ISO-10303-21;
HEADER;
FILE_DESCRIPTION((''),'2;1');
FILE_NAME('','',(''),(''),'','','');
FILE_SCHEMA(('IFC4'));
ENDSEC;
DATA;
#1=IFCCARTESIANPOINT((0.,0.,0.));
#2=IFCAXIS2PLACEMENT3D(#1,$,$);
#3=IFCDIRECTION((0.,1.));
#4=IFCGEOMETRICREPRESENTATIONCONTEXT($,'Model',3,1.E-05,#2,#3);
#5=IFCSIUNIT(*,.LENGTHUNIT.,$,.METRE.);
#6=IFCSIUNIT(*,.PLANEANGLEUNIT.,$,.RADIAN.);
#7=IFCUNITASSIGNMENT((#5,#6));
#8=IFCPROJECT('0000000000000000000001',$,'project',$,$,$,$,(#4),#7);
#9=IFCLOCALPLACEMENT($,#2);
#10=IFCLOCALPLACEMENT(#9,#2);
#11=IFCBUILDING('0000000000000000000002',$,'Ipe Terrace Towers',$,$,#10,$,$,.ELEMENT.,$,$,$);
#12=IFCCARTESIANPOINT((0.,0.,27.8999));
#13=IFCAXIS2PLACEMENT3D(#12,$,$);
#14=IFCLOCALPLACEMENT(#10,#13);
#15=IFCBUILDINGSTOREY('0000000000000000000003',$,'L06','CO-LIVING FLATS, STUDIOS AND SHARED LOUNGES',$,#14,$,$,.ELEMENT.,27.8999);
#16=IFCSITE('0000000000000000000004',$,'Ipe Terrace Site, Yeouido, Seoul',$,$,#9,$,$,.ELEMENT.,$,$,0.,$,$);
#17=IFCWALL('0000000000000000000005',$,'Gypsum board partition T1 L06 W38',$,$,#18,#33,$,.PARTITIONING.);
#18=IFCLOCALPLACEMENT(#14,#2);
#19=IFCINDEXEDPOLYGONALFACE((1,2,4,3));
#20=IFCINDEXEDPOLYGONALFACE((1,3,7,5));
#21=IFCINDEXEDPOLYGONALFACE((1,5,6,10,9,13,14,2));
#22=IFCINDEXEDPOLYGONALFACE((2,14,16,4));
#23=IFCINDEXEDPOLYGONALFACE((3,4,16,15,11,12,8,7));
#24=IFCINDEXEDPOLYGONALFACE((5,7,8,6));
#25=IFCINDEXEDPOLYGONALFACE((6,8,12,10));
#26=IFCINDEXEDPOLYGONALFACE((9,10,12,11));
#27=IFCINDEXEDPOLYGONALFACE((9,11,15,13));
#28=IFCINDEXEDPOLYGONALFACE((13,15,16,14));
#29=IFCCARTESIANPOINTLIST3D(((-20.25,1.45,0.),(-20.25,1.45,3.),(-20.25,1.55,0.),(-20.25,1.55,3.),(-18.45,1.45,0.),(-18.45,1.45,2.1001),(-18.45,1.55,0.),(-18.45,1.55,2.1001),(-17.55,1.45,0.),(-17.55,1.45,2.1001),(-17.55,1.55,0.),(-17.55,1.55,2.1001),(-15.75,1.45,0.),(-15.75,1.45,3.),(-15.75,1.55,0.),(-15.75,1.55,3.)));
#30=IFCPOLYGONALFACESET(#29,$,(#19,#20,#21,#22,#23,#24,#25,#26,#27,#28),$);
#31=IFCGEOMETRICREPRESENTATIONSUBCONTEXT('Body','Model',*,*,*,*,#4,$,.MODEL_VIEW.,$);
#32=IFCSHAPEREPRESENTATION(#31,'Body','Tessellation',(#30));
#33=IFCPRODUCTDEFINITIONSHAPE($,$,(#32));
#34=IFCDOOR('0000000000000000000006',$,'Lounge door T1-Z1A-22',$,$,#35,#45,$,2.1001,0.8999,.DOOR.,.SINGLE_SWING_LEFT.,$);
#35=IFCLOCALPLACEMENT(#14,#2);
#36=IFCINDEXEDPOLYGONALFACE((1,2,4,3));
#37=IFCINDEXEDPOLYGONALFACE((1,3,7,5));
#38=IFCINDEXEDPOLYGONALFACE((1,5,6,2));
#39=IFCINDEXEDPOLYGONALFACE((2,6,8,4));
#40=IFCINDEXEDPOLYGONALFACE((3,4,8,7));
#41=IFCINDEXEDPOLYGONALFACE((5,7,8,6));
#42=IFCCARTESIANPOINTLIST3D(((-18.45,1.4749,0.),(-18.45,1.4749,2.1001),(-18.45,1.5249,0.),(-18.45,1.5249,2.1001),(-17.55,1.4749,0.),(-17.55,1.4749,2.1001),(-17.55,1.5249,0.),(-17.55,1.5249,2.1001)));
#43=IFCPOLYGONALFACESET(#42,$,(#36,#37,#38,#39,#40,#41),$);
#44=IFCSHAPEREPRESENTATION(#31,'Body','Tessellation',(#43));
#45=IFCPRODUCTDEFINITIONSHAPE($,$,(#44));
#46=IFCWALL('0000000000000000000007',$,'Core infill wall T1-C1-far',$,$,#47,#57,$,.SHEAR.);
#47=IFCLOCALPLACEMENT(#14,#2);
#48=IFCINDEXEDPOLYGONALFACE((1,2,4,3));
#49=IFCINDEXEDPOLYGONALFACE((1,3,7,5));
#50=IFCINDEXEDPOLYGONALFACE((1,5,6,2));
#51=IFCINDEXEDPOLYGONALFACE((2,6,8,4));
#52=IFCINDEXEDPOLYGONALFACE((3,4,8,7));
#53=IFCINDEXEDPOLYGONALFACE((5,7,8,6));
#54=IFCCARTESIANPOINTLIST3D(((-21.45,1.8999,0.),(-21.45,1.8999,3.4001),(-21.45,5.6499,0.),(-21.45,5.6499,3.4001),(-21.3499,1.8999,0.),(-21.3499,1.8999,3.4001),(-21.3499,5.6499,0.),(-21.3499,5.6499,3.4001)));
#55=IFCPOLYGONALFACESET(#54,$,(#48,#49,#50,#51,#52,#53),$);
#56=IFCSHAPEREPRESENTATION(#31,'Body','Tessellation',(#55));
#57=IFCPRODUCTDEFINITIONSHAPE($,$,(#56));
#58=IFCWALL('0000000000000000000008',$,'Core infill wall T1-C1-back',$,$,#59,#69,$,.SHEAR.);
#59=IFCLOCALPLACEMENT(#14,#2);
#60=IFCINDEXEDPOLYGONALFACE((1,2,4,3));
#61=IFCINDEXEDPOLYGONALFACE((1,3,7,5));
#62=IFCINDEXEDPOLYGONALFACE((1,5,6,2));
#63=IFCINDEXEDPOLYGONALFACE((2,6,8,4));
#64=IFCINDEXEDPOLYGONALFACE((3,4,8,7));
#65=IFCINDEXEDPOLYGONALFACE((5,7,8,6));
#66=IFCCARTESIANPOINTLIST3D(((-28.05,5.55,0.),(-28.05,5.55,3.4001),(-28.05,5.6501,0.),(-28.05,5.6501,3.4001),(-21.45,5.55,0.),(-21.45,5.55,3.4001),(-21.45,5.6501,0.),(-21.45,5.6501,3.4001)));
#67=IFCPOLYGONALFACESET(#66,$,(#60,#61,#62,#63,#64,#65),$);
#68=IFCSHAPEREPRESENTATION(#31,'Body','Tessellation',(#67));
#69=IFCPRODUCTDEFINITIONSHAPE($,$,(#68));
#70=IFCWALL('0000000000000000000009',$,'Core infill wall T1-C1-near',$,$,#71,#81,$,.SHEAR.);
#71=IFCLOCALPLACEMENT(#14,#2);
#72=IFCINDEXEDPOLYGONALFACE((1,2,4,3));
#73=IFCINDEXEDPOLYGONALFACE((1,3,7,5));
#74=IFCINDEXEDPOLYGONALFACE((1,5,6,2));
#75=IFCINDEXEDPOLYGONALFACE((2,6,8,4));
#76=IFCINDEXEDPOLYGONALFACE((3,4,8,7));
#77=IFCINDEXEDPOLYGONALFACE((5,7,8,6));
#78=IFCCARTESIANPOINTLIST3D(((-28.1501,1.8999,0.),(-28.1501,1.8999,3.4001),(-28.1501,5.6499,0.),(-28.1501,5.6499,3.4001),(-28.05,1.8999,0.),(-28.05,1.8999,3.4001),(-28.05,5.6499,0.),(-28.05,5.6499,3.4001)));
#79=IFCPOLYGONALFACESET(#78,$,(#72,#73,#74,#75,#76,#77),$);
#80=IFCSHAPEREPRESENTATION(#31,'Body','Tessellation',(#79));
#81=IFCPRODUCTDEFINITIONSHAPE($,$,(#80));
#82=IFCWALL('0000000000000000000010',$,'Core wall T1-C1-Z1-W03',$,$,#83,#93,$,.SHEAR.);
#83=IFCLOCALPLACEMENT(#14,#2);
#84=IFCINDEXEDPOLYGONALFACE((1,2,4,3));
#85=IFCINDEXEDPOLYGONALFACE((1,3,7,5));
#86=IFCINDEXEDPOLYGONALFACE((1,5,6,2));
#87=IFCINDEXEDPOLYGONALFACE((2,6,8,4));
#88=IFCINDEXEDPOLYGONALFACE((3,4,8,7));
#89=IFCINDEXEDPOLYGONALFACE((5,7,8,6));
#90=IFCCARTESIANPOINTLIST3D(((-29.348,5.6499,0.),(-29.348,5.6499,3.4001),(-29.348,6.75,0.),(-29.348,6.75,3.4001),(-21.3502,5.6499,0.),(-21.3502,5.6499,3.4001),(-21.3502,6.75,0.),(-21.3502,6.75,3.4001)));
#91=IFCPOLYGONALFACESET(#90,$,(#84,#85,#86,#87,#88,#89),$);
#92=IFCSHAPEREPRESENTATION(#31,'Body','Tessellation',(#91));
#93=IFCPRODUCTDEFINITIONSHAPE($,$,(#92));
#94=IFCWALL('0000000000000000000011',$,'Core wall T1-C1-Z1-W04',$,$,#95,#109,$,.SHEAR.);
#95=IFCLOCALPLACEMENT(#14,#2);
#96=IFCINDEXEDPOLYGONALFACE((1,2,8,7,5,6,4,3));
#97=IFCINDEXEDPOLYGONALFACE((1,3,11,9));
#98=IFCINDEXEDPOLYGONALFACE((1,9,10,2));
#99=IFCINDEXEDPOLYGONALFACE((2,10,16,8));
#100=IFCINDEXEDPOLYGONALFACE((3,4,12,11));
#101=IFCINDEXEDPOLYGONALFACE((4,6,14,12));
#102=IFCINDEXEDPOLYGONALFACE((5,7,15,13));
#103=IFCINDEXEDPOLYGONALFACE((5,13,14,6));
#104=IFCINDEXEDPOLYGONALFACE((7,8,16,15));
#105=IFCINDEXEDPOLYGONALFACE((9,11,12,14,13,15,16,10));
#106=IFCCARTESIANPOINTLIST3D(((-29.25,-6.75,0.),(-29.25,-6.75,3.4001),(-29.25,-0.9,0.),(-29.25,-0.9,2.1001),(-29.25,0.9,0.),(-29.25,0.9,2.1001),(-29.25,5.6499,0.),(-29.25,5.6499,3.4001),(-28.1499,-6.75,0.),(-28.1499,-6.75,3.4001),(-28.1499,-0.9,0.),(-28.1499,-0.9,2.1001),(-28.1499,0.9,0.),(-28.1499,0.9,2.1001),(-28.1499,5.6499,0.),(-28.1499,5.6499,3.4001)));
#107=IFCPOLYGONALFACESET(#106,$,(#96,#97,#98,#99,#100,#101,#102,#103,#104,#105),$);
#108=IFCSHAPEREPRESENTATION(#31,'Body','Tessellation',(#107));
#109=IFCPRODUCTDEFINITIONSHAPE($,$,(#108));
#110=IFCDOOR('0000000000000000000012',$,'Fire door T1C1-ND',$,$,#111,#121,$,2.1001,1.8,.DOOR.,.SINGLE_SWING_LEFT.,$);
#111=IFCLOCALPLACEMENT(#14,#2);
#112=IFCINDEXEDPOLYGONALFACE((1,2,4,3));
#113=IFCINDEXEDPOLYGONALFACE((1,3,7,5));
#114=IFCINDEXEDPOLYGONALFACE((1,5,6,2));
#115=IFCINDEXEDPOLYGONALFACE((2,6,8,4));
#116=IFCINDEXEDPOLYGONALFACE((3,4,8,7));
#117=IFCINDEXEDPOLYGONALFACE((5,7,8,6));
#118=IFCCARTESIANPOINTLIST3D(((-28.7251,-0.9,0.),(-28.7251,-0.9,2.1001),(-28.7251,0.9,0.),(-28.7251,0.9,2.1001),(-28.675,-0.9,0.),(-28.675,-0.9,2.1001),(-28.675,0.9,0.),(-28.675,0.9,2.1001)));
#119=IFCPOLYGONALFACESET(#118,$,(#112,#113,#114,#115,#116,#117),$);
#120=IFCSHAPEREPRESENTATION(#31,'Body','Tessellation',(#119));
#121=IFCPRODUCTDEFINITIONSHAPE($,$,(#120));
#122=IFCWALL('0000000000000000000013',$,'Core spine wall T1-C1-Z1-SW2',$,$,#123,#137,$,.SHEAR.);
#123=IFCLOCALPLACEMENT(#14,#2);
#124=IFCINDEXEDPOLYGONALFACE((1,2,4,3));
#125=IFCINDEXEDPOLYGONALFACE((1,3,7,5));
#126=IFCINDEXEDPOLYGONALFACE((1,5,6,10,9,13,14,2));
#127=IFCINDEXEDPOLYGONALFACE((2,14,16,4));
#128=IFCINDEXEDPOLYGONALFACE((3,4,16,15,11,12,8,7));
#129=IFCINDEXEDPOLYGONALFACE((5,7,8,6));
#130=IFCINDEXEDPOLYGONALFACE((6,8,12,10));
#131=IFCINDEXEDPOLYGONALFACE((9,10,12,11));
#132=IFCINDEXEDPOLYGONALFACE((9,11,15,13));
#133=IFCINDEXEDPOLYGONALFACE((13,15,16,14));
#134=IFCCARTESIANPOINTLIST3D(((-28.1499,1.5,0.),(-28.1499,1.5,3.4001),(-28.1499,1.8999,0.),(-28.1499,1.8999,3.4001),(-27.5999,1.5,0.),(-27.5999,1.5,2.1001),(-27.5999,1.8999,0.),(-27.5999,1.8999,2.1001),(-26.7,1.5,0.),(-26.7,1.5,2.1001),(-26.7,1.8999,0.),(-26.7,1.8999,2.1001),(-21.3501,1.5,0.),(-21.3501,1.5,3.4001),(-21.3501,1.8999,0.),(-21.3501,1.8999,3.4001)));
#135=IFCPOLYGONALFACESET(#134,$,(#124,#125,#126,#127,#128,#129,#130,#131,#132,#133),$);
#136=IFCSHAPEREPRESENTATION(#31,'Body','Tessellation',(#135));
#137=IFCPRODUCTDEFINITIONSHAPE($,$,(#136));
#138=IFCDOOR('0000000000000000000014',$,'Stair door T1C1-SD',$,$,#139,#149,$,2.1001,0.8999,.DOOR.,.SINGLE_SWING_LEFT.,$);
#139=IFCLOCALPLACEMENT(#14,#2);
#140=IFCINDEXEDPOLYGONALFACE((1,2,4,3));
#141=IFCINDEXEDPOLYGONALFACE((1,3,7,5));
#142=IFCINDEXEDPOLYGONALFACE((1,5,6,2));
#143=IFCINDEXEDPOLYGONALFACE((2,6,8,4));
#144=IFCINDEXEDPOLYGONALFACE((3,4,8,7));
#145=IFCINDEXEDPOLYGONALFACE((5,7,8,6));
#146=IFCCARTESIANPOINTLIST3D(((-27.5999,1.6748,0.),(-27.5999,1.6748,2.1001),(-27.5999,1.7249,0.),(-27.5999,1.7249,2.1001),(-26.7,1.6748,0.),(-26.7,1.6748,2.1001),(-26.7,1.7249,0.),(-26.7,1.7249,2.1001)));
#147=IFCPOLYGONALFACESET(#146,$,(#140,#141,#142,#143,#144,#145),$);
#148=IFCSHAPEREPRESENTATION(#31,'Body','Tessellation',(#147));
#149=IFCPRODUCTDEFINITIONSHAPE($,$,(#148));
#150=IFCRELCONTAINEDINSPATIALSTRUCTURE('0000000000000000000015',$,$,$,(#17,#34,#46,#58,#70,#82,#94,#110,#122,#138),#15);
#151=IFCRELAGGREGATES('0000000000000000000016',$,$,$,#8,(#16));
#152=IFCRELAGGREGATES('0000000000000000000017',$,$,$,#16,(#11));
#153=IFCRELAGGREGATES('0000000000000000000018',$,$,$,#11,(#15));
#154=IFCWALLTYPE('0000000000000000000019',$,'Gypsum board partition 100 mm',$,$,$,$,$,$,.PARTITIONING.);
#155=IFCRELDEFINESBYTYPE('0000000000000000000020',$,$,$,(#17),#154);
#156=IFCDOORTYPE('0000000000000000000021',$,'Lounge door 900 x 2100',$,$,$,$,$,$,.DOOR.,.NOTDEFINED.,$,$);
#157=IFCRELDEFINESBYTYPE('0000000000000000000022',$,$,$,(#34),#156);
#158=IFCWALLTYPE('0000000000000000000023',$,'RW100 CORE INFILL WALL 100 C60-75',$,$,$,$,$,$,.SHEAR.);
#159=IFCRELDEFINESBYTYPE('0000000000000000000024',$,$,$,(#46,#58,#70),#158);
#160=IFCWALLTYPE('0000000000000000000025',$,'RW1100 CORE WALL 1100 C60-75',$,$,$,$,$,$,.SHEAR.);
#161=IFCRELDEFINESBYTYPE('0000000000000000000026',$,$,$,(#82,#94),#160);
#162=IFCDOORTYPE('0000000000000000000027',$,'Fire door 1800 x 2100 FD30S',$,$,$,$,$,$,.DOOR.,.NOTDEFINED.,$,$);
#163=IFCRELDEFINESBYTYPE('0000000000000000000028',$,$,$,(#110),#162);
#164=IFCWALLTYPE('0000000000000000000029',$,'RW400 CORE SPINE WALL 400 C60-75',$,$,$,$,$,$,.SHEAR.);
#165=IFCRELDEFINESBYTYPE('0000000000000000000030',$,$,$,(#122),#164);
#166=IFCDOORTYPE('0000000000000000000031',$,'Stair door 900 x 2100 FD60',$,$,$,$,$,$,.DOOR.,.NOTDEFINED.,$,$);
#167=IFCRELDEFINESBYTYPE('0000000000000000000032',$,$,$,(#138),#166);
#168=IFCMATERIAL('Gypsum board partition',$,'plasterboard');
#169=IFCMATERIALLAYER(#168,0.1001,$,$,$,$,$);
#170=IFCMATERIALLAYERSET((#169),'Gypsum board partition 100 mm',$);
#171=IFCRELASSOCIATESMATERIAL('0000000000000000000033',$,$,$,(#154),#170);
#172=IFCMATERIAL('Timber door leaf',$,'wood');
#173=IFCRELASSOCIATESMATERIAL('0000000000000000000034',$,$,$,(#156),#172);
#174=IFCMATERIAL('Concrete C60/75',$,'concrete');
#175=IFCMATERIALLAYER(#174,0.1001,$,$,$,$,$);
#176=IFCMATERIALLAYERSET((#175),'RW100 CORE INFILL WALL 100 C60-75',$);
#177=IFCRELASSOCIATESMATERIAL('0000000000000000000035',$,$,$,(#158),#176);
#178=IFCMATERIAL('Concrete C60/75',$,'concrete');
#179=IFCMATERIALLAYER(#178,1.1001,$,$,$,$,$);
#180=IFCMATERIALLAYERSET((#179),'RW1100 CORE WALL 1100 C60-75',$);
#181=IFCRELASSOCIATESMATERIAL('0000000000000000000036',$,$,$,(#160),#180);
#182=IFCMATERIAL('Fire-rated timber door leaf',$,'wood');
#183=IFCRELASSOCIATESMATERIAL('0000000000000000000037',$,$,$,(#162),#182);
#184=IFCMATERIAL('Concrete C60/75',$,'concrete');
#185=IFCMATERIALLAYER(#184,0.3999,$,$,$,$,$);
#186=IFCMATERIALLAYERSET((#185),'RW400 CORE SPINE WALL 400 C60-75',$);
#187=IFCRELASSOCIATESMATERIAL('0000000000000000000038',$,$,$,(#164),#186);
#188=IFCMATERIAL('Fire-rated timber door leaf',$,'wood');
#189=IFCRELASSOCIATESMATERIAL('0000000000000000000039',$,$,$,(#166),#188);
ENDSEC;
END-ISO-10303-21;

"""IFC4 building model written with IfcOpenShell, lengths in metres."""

from ifc_helpers import new_model, si_unit, direction, frame, frame_2d, origin, place, context, subcontext, project, spatial, rectangle, extrude, material, layer, layer_set, type_object, element, fill, save


model = new_model("IFC4")

# Units and contexts
model_context = context("Model", 3, precision=1e-05, world=origin(), true_north=direction((0.0, 1.0)))
body_context = subcontext(model_context, "Body", "Model", "MODEL_VIEW")
ifc_project = project(units=[si_unit("LENGTHUNIT", "METRE"), si_unit("PLANEANGLEUNIT", "RADIAN")], contexts=[model_context])

# Site, building, storey
site_placement = place(None, origin())
site = spatial("IfcSite", under=ifc_project, at=site_placement, Name="Ipe Terrace Site, Yeouido, Seoul", CompositionType="ELEMENT", RefElevation=0.0)
building_placement = place(site_placement, origin())
building = spatial("IfcBuilding", under=site, at=building_placement, Name="Ipe Terrace Towers", CompositionType="ELEMENT")
storey_placement = place(building_placement, frame((0.0, 0.0, 27.8999)))
storey = spatial("IfcBuildingStorey", under=building, at=storey_placement, Name="L06", Description="CO-LIVING FLATS, STUDIOS AND SHARED LOUNGES", CompositionType="ELEMENT", Elevation=27.8999)

# Wall, opening, door
ifc_material_1 = material(Name="Gypsum board partition", Category="plasterboard")
ifc_layer_1 = layer(ifc_material_1, 0.1001)
ifc_layer_set_1 = layer_set([ifc_layer_1], Name="Gypsum board partition 100 mm")
wall_type_1 = type_object("IfcWallType", Name="Gypsum board partition 100 mm", PredefinedType="PARTITIONING", material=ifc_layer_set_1)
wall_1_placement = place(storey_placement, frame((-20.25, 1.5, 0.0), z_axis=(0.0, 0.0, 1.0), x_axis=(1.0, 0.0, 0.0)))
wall_1 = element("IfcWall", 1, at=wall_1_placement, inside=storey, type_object=wall_type_1, Name="Gypsum board partition T1 L06 W38", PredefinedType="PARTITIONING", context=body_context, shape_type="SweptSolid", body=[
    extrude(rectangle(XDim=4.5, YDim=0.1001, at=frame_2d((2.25, 0.0))), origin(), (0.0, 0.0, 1.0), 3.0),
])
opening_1_placement = place(wall_1_placement, frame((1.8, 0.0, 0.0)))
opening_1 = element("IfcOpeningElement", 2, at=opening_1_placement, cuts=wall_1, PredefinedType="OPENING", context=body_context, shape_type="SweptSolid", body=[
    extrude(rectangle(XDim=0.8999, YDim=2.1001, at=frame_2d((0.45, 1.05))), frame((0.0, 0.0601, 0.0), z_axis=(0.0, -1.0, 0.0), x_axis=(1.0, 0.0, 0.0)), (0.0, 0.0, 1.0), 0.1201),
])
ifc_material_2 = material(Name="Timber door leaf", Category="wood")
door_type_1 = type_object("IfcDoorType", Name="Lounge door 900 x 2100", OperationType="NOTDEFINED", PredefinedType="DOOR", material=ifc_material_2)
door_1_placement = place(opening_1_placement, origin())
door_1 = element("IfcDoor", 3, at=door_1_placement, inside=storey, type_object=door_type_1, Name="Lounge door T1-Z1A-22", OperationType="SINGLE_SWING_LEFT", OverallHeight=2.1001, OverallWidth=0.8999, PredefinedType="DOOR", context=body_context, shape_type="SweptSolid", body=[
    extrude(rectangle(XDim=0.8999, YDim=2.1001, at=frame_2d((0.45, 1.05))), frame((0.0, 0.0249, 0.0), z_axis=(0.0, -1.0, 0.0), x_axis=(1.0, 0.0, 0.0)), (0.0, 0.0, 1.0), 0.05),
])
fill(opening_1, door_1)

# Walls
ifc_material_3 = material(Name="Concrete C60/75", Category="concrete")
ifc_layer_2 = layer(ifc_material_3, 0.1001)
ifc_layer_set_2 = layer_set([ifc_layer_2], Name="RW100 CORE INFILL WALL 100 C60-75")
wall_type_2 = type_object("IfcWallType", Name="RW100 CORE INFILL WALL 100 C60-75", PredefinedType="SHEAR", material=ifc_layer_set_2)
wall_2_placement = place(storey_placement, frame((-21.3999, 1.8999, 0.0), z_axis=(0.0, 0.0, 1.0), x_axis=(0.0, 1.0, 0.0)))
element("IfcWall", 4, at=wall_2_placement, inside=storey, type_object=wall_type_2, Name="Core infill wall T1-C1-far", PredefinedType="SHEAR", context=body_context, shape_type="SweptSolid", body=[
    extrude(rectangle(XDim=3.75, YDim=0.1001, at=frame_2d((1.875, 0.0))), origin(), (0.0, 0.0, 1.0), 3.4001),
])
wall_3_placement = place(storey_placement, frame((-28.05, 5.6001, 0.0), z_axis=(0.0, 0.0, 1.0), x_axis=(1.0, 0.0, 0.0)))
element("IfcWall", 5, at=wall_3_placement, inside=storey, type_object=wall_type_2, Name="Core infill wall T1-C1-back", PredefinedType="SHEAR", context=body_context, shape_type="SweptSolid", body=[
    extrude(rectangle(XDim=6.6001, YDim=0.1001, at=frame_2d((3.3, 0.0))), origin(), (0.0, 0.0, 1.0), 3.4001),
])
wall_4_placement = place(storey_placement, frame((-28.1001, 1.8999, 0.0), z_axis=(0.0, 0.0, 1.0), x_axis=(0.0, 1.0, 0.0)))
element("IfcWall", 6, at=wall_4_placement, inside=storey, type_object=wall_type_2, Name="Core infill wall T1-C1-near", PredefinedType="SHEAR", context=body_context, shape_type="SweptSolid", body=[
    extrude(rectangle(XDim=3.75, YDim=0.1001, at=frame_2d((1.875, 0.0))), origin(), (0.0, 0.0, 1.0), 3.4001),
])
ifc_material_4 = material(Name="Concrete C60/75", Category="concrete")
ifc_layer_3 = layer(ifc_material_4, 1.1001)
ifc_layer_set_3 = layer_set([ifc_layer_3], Name="RW1100 CORE WALL 1100 C60-75")
wall_type_3 = type_object("IfcWallType", Name="RW1100 CORE WALL 1100 C60-75", PredefinedType="SHEAR", material=ifc_layer_set_3)
wall_5_placement = place(storey_placement, frame((-21.3501, 6.2, 0.0), z_axis=(0.0, 0.0, 1.0), x_axis=(-1.0, 0.0, 0.0)))
element("IfcWall", 7, at=wall_5_placement, inside=storey, type_object=wall_type_3, Name="Core wall T1-C1-Z1-W03", PredefinedType="SHEAR", context=body_context, shape_type="SweptSolid", body=[
    extrude(rectangle(XDim=7.9978, YDim=1.1001, at=frame_2d((3.999, 0.0))), origin(), (0.0, 0.0, 1.0), 3.4001),
])

# Walls, openings, doors
wall_6_placement = place(storey_placement, frame((-28.7, 5.6499, 0.0), z_axis=(0.0, 0.0, 1.0), x_axis=(0.0, -1.0, 0.0)))
wall_6 = element("IfcWall", 8, at=wall_6_placement, inside=storey, type_object=wall_type_3, Name="Core wall T1-C1-Z1-W04", PredefinedType="SHEAR", context=body_context, shape_type="SweptSolid", body=[
    extrude(rectangle(XDim=12.3999, YDim=1.1001, at=frame_2d((6.2, 0.0))), origin(), (0.0, 0.0, 1.0), 3.4001),
])
opening_2_placement = place(wall_6_placement, frame((4.75, 0.0, 0.0)))
opening_2 = element("IfcOpeningElement", 9, at=opening_2_placement, cuts=wall_6, PredefinedType="OPENING", context=body_context, shape_type="SweptSolid", body=[
    extrude(rectangle(XDim=1.8, YDim=2.1001, at=frame_2d((0.8999, 1.05))), frame((0.0, 0.5601, 0.0), z_axis=(0.0, -1.0, 0.0), x_axis=(1.0, 0.0, 0.0)), (0.0, 0.0, 1.0), 1.1201),
])
ifc_material_5 = material(Name="Fire-rated timber door leaf", Category="wood")
door_type_2 = type_object("IfcDoorType", Name="Fire door 1800 x 2100 FD30S", OperationType="NOTDEFINED", PredefinedType="DOOR", material=ifc_material_5)
door_2_placement = place(opening_2_placement, origin())
door_2 = element("IfcDoor", 10, at=door_2_placement, inside=storey, type_object=door_type_2, Name="Fire door T1C1-ND", OperationType="SINGLE_SWING_LEFT", OverallHeight=2.1001, OverallWidth=1.8, PredefinedType="DOOR", context=body_context, shape_type="SweptSolid", body=[
    extrude(rectangle(XDim=1.8, YDim=2.1001, at=frame_2d((0.8999, 1.05))), frame((0.0, 0.0249, 0.0), z_axis=(0.0, -1.0, 0.0), x_axis=(1.0, 0.0, 0.0)), (0.0, 0.0, 1.0), 0.05),
])
fill(opening_2, door_2)
ifc_material_6 = material(Name="Concrete C60/75", Category="concrete")
ifc_layer_4 = layer(ifc_material_6, 0.3999)
ifc_layer_set_4 = layer_set([ifc_layer_4], Name="RW400 CORE SPINE WALL 400 C60-75")
wall_type_4 = type_object("IfcWallType", Name="RW400 CORE SPINE WALL 400 C60-75", PredefinedType="SHEAR", material=ifc_layer_set_4)
wall_7_placement = place(storey_placement, frame((-28.1499, 1.7, 0.0), z_axis=(0.0, 0.0, 1.0), x_axis=(1.0, 0.0, 0.0)))
wall_7 = element("IfcWall", 11, at=wall_7_placement, inside=storey, type_object=wall_type_4, Name="Core spine wall T1-C1-Z1-SW2", PredefinedType="SHEAR", context=body_context, shape_type="SweptSolid", body=[
    extrude(rectangle(XDim=6.7998, YDim=0.3999, at=frame_2d((3.3999, 0.0))), origin(), (0.0, 0.0, 1.0), 3.4001),
])
opening_3_placement = place(wall_7_placement, frame((0.55, 0.0, 0.0)))
opening_3 = element("IfcOpeningElement", 12, at=opening_3_placement, cuts=wall_7, PredefinedType="OPENING", context=body_context, shape_type="SweptSolid", body=[
    extrude(rectangle(XDim=0.8999, YDim=2.1001, at=frame_2d((0.45, 1.05))), frame((0.0, 0.21, 0.0), z_axis=(0.0, -1.0, 0.0), x_axis=(1.0, 0.0, 0.0)), (0.0, 0.0, 1.0), 0.4199),
])
ifc_material_7 = material(Name="Fire-rated timber door leaf", Category="wood")
door_type_3 = type_object("IfcDoorType", Name="Stair door 900 x 2100 FD60", OperationType="NOTDEFINED", PredefinedType="DOOR", material=ifc_material_7)
door_3_placement = place(opening_3_placement, origin())
door_3 = element("IfcDoor", 13, at=door_3_placement, inside=storey, type_object=door_type_3, Name="Stair door T1C1-SD", OperationType="SINGLE_SWING_LEFT", OverallHeight=2.1001, OverallWidth=0.8999, PredefinedType="DOOR", context=body_context, shape_type="SweptSolid", body=[
    extrude(rectangle(XDim=0.8999, YDim=2.1001, at=frame_2d((0.45, 1.05))), frame((0.0, 0.0249, 0.0), z_axis=(0.0, -1.0, 0.0), x_axis=(1.0, 0.0, 0.0)), (0.0, 0.0, 1.0), 0.05),
])
fill(opening_3, door_3)

save(model, "model.ifc")
